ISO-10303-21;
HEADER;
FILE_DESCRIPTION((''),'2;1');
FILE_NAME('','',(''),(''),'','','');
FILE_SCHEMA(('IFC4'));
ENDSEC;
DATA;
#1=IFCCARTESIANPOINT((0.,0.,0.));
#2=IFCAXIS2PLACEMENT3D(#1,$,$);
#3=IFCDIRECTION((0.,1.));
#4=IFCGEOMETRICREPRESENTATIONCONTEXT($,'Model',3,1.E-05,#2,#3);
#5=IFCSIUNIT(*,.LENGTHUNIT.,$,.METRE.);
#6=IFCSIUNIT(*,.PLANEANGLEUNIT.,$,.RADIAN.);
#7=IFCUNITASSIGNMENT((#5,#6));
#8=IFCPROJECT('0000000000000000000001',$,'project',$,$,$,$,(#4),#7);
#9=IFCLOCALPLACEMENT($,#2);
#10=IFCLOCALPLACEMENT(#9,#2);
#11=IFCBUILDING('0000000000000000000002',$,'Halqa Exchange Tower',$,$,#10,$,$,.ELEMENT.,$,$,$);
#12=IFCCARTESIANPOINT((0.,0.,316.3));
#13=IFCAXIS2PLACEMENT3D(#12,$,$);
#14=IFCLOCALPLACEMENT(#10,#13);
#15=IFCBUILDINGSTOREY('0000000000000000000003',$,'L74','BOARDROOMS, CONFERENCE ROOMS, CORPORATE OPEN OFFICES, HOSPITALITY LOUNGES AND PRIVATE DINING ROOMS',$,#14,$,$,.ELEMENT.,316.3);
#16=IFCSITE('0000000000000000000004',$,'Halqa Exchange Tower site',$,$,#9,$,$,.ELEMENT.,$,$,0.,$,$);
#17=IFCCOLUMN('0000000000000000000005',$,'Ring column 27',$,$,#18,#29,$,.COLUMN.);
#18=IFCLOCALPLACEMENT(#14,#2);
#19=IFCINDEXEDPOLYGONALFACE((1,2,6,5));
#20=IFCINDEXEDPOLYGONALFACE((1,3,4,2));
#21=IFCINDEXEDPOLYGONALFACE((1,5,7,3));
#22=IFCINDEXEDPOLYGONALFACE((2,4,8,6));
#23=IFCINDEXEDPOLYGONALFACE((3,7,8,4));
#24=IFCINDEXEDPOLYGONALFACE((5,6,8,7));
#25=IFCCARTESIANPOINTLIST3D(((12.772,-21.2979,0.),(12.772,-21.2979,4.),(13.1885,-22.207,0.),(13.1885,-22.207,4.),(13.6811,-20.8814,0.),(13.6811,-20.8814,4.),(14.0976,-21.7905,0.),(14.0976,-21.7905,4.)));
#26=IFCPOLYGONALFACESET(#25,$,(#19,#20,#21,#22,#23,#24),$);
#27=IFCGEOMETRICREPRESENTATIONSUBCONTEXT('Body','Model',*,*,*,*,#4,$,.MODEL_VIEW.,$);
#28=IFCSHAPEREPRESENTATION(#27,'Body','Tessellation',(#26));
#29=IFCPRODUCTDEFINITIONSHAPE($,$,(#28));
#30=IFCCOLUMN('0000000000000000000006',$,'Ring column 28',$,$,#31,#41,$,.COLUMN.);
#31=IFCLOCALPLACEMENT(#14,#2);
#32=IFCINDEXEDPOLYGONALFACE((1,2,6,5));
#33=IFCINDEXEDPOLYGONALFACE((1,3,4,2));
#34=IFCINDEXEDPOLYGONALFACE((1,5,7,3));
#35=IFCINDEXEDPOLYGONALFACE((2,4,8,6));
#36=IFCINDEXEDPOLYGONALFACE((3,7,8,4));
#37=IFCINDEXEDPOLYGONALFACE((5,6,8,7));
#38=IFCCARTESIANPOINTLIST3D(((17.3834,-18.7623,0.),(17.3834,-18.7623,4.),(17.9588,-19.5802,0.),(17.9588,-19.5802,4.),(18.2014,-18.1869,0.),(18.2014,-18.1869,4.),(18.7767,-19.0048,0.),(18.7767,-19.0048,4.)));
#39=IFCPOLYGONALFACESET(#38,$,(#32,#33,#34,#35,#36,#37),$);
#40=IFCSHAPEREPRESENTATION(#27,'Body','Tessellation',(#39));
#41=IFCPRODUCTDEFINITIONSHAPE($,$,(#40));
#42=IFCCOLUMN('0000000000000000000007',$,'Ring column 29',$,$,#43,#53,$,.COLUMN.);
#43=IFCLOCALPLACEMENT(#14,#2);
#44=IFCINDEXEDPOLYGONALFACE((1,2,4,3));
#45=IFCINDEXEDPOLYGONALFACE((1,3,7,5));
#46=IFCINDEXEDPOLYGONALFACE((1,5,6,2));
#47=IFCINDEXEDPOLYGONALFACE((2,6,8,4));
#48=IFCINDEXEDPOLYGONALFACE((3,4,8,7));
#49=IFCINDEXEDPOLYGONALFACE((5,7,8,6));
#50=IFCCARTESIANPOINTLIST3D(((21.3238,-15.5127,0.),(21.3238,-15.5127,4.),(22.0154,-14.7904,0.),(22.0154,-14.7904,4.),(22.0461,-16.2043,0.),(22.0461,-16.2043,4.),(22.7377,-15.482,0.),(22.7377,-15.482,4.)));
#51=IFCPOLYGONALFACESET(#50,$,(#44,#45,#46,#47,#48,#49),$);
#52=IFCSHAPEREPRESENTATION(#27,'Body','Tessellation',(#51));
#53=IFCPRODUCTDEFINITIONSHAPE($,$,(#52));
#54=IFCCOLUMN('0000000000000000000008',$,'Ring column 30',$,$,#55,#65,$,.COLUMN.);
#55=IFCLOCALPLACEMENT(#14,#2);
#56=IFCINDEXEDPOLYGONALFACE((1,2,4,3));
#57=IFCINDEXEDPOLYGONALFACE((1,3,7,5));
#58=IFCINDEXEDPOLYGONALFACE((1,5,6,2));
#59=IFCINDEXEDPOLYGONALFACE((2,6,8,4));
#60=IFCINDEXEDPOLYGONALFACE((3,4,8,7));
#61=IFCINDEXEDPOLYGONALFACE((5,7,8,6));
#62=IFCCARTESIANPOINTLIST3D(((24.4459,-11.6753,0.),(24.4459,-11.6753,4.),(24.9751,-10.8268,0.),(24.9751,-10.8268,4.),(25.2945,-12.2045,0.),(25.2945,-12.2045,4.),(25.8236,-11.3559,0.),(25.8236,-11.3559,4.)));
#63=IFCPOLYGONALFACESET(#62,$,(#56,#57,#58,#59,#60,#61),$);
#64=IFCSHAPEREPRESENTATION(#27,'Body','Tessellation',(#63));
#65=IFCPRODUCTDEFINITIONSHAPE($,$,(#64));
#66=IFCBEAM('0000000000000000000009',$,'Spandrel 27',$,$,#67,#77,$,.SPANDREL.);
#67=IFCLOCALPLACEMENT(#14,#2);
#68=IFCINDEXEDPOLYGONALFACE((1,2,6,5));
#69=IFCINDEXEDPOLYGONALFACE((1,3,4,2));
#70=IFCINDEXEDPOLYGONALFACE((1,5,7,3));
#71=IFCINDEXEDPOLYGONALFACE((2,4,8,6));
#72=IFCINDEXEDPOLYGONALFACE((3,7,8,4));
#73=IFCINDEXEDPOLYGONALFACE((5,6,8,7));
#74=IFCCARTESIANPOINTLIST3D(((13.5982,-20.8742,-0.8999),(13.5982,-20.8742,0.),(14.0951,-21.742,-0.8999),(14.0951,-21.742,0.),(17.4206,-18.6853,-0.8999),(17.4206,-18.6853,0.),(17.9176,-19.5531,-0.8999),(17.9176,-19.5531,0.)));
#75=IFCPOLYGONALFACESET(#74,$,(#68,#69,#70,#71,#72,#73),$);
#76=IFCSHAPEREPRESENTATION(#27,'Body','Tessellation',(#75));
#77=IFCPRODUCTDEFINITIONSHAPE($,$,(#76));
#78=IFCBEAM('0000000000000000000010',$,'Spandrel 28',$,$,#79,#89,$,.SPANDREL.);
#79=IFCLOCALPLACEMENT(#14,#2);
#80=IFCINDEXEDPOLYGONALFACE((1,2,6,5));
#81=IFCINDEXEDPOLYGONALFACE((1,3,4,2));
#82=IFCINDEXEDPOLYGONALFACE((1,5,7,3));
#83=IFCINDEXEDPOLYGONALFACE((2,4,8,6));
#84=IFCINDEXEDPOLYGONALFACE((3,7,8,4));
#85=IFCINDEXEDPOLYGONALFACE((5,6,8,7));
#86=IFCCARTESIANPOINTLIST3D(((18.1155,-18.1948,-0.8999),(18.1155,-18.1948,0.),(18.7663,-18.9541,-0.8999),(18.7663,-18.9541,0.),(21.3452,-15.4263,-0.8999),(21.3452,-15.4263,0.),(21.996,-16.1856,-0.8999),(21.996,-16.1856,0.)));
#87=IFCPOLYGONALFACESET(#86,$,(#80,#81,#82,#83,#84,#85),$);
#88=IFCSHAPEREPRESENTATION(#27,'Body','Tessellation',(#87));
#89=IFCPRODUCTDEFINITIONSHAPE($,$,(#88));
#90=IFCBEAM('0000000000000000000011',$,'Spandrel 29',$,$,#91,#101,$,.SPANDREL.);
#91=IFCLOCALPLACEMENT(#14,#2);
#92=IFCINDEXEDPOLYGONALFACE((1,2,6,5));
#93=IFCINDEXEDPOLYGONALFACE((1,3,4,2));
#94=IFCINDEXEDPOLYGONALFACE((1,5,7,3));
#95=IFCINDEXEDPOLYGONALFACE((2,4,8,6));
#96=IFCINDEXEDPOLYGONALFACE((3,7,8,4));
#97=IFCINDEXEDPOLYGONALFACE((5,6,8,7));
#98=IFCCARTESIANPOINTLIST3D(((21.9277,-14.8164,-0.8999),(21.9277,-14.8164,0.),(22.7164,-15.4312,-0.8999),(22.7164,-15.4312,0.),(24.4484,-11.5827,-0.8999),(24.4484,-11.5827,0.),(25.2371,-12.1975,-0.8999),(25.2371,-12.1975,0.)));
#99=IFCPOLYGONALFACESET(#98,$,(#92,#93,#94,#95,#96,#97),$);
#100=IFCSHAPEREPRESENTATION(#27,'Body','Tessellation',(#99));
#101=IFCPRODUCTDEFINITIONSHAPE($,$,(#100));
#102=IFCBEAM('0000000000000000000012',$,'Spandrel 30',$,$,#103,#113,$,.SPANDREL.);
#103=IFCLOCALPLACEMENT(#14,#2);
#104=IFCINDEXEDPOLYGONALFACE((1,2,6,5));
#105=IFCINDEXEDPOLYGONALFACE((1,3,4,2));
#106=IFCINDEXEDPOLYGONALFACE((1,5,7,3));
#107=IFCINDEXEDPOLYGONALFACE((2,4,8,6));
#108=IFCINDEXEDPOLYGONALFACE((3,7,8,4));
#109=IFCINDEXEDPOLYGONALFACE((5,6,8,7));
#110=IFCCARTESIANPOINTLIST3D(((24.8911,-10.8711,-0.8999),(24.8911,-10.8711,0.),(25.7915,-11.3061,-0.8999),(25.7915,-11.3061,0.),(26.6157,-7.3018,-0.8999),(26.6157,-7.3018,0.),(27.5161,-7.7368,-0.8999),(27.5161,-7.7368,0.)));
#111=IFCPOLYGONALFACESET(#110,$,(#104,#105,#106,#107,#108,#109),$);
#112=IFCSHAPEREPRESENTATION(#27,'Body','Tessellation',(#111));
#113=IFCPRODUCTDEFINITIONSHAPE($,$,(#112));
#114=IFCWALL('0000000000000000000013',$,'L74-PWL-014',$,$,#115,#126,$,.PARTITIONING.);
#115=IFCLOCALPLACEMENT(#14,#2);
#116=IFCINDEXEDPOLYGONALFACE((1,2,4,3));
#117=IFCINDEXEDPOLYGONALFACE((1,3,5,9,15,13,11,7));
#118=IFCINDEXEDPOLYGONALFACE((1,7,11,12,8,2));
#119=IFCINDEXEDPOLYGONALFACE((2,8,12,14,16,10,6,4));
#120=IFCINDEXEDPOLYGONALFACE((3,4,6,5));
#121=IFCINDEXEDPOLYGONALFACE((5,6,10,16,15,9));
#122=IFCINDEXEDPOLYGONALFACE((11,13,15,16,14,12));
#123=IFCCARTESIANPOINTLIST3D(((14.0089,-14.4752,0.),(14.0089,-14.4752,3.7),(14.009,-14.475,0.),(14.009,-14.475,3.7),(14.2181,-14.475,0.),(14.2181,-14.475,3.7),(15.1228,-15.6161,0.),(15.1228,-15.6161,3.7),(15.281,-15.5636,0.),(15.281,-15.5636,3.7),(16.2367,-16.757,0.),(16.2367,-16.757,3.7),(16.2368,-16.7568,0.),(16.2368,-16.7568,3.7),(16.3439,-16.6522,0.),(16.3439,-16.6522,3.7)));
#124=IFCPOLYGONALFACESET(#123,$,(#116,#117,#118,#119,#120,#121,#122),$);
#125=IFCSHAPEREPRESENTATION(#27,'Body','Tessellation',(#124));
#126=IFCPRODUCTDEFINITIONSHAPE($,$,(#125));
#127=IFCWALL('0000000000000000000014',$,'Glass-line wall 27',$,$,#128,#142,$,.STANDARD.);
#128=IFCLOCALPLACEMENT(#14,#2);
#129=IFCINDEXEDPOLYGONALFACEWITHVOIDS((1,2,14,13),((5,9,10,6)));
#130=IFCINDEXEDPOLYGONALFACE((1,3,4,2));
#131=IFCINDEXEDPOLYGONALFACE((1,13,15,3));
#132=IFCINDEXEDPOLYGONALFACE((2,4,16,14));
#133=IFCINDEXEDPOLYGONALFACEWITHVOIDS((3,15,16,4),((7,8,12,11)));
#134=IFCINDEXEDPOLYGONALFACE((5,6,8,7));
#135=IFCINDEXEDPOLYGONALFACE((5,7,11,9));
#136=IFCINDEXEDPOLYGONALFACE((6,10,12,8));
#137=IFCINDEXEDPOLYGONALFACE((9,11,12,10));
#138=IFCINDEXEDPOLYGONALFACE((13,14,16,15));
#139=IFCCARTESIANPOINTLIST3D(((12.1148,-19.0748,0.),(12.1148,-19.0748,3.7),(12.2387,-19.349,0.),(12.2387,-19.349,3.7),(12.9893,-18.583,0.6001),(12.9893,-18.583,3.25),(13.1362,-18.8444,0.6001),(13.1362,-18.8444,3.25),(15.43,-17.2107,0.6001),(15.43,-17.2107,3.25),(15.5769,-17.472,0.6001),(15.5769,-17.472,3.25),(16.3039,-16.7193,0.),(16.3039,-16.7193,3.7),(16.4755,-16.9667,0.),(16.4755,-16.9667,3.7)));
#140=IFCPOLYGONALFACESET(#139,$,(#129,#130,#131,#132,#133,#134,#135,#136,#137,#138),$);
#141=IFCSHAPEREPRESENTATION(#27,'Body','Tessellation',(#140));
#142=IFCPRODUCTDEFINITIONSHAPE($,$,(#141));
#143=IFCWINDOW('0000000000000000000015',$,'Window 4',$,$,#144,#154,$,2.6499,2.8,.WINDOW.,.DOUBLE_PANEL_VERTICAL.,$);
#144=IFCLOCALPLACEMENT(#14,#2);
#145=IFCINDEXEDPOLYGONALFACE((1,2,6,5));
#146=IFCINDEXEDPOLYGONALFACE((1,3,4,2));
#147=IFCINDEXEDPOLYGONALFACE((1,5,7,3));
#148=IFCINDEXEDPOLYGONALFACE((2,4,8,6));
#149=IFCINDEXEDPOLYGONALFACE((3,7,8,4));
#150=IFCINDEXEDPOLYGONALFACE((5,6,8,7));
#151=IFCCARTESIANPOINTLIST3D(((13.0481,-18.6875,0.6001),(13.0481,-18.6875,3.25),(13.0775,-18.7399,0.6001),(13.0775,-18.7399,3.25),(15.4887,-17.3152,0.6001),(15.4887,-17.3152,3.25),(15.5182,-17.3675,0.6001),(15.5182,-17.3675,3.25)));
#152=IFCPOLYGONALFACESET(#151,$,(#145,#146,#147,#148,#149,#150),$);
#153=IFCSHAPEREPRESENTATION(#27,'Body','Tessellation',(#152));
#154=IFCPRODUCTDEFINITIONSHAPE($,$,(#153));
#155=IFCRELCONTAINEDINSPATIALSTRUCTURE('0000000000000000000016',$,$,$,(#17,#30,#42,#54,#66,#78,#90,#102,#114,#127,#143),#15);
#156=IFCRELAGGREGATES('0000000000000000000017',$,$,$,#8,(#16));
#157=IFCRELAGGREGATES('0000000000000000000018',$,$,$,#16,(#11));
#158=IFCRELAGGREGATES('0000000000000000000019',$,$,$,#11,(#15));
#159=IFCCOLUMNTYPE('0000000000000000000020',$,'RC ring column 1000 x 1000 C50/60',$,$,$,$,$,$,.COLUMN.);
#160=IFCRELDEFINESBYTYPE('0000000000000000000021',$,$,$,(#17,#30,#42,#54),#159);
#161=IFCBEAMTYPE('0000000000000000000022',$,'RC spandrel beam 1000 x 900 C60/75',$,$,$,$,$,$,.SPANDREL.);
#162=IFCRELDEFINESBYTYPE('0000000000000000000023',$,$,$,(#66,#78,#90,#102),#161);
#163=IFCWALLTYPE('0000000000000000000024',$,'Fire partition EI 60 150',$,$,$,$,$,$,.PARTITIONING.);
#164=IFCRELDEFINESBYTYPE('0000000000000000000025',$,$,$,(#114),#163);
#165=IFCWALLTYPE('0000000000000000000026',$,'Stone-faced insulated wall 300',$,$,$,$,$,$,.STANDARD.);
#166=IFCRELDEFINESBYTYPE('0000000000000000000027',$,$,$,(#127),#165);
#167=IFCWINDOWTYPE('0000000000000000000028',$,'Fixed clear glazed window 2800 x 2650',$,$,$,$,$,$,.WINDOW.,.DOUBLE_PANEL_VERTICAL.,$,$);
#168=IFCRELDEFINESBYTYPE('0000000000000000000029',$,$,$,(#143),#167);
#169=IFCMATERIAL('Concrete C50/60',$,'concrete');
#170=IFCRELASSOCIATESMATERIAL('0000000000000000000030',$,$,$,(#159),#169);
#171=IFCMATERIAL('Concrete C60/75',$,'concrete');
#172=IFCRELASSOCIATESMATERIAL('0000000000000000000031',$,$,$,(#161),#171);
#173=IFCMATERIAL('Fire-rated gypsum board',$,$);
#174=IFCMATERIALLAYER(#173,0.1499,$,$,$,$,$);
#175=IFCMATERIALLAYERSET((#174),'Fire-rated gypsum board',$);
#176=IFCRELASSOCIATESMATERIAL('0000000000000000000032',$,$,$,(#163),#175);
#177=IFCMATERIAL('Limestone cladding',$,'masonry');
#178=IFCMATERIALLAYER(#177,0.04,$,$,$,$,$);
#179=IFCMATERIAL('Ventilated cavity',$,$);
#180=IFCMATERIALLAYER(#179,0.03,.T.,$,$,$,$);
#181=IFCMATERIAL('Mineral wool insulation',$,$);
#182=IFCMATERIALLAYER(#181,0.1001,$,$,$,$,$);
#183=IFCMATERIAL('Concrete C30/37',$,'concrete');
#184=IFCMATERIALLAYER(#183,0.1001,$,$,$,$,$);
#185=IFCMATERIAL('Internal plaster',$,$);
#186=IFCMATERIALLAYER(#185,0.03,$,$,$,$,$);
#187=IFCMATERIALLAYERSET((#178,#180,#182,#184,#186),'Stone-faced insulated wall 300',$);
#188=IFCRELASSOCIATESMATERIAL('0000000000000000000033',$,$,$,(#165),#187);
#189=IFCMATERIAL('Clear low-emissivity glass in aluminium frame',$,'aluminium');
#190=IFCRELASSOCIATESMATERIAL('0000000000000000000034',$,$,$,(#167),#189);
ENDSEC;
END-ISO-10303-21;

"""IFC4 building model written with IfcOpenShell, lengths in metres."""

from ifc_helpers import new_model, si_unit, direction, frame, frame_2d, origin, origin_2d, place, context, subcontext, project, spatial, polyline, rectangle, outline, extrude, material, layer, layer_set, material_profile, profile_set, type_object, element, fill, save


model = new_model("IFC4")

# Units and contexts
model_context = context("Model", 3, precision=1e-05, world=origin(), true_north=direction((0.0, 1.0)))
body_context = subcontext(model_context, "Body", "Model", "MODEL_VIEW")
ifc_project = project(units=[si_unit("LENGTHUNIT", "METRE"), si_unit("PLANEANGLEUNIT", "RADIAN")], contexts=[model_context])

# Site, building, storey
site_placement = place(None, origin())
site = spatial("IfcSite", under=ifc_project, at=site_placement, Name="Halqa Exchange Tower site", CompositionType="ELEMENT", RefElevation=0.0)
building_placement = place(site_placement, origin())
building = spatial("IfcBuilding", under=site, at=building_placement, Name="Halqa Exchange Tower", CompositionType="ELEMENT")
storey_placement = place(building_placement, frame((0.0, 0.0, 316.3)))
storey = spatial("IfcBuildingStorey", under=building, at=storey_placement, Name="L74", Description="BOARDROOMS, CONFERENCE ROOMS, CORPORATE OPEN OFFICES, HOSPITALITY LOUNGES AND PRIVATE DINING ROOMS", CompositionType="ELEMENT", Elevation=316.3)

# Columns
ifc_material_1 = material(Name="Concrete C50/60", Category="concrete")
ifc_material_profile_1 = material_profile(ifc_material_1, rectangle(XDim=1.0, YDim=1.0, at=origin_2d()), Name="1000 x 1000")
ifc_profile_set_1 = profile_set([ifc_material_profile_1], Name="Concrete C50/60")
column_type = type_object("IfcColumnType", Name="RC ring column 1000 x 1000 C50/60", PredefinedType="COLUMN", material=ifc_profile_set_1)
for number, where, z_axis, x_axis, name in (
    (1, (13.4348, -21.5442, 0.0), (0.0, 0.0, 1.0), (0.909129, 0.416516, 0.0), "Ring column 27"),
    (2, (18.0801, -18.8835, 0.0), (0.0, 0.0, 1.0), (0.817907, 0.575351, 0.0), "Ring column 28"),
    (3, (22.0308, -15.4973, 0.0), (0.0, 0.0, 1.0), (0.691579, 0.722301, 0.0), "Ring column 29"),
    (4, (25.1348, -11.5156, 0.0), (0.0, 0.0, 1.0), (0.52914, 0.848534, 0.0), "Ring column 30"),
):
    element("IfcColumn", number, at=place(storey_placement, frame(where, z_axis=z_axis, x_axis=x_axis)), inside=storey, type_object=column_type, Name=name, PredefinedType="COLUMN", context=body_context, shape_type="SweptSolid", body=[
        extrude(rectangle(XDim=1.0, YDim=1.0, at=origin_2d()), origin(), (0.0, 0.0, 1.0), 4.0),
    ])

# Beams
ifc_material_2 = material(Name="Concrete C60/75", Category="concrete")
ifc_material_profile_2 = material_profile(ifc_material_2, rectangle(XDim=1.0, YDim=0.8999, at=origin_2d()), Name="1000 x 900")
ifc_profile_set_2 = profile_set([ifc_material_profile_2], Name="Concrete C60/75")
beam_type = type_object("IfcBeamType", Name="RC spandrel beam 1000 x 900 C60/75", PredefinedType="SPANDREL", material=ifc_profile_set_2)
beam_1_placement = place(storey_placement, frame((13.8467, -21.3081, -0.45), z_axis=(0.867786, 0.496939, 0.0), x_axis=(-0.496939, 0.867786, 0.0)))
element("IfcBeam", 5, at=beam_1_placement, inside=storey, type_object=beam_type, Name="Spandrel 27", PredefinedType="SPANDREL", context=body_context, shape_type="SweptSolid", body=[
    extrude(rectangle(XDim=1.0, YDim=0.8999, at=origin_2d()), origin(), (0.0, 0.0, 1.0), 4.4048),
])
beam_2_placement = place(storey_placement, frame((18.4409, -18.5745, -0.45), z_axis=(0.759232, 0.65082, 0.0), x_axis=(-0.65082, 0.759232, 0.0)))
element("IfcBeam", 6, at=beam_2_placement, inside=storey, type_object=beam_type, Name="Spandrel 28", PredefinedType="SPANDREL", context=body_context, shape_type="SweptSolid", body=[
    extrude(rectangle(XDim=1.0, YDim=0.8999, at=origin_2d()), origin(), (0.0, 0.0, 1.0), 4.2539),
])
beam_3_placement = place(storey_placement, frame((22.322, -15.1238, -0.45), z_axis=(0.614806, 0.788678, 0.0), x_axis=(-0.788678, 0.614806, 0.0)))
element("IfcBeam", 7, at=beam_3_placement, inside=storey, type_object=beam_type, Name="Spandrel 29", PredefinedType="SPANDREL", context=body_context, shape_type="SweptSolid", body=[
    extrude(rectangle(XDim=1.0, YDim=0.8999, at=origin_2d()), origin(), (0.0, 0.0, 1.0), 4.1001),
])
beam_4_placement = place(storey_placement, frame((25.3413, -11.0886, -0.45), z_axis=(0.435052, 0.900405, 0.0), x_axis=(-0.900405, 0.435052, 0.0)))
element("IfcBeam", 8, at=beam_4_placement, inside=storey, type_object=beam_type, Name="Spandrel 30", PredefinedType="SPANDREL", context=body_context, shape_type="SweptSolid", body=[
    extrude(rectangle(XDim=1.0, YDim=0.8999, at=origin_2d()), origin(), (0.0, 0.0, 1.0), 3.9641),
])

# Wall
ifc_material_3 = material(Name="Fire-rated gypsum board")
ifc_layer_1 = layer(ifc_material_3, 0.1499)
ifc_layer_set_1 = layer_set([ifc_layer_1], Name="Fire-rated gypsum board")
wall_type_1 = type_object("IfcWallType", Name="Fire partition EI 60 150", PredefinedType="PARTITIONING", material=ifc_layer_set_1)
wall_1_placement = place(storey_placement, frame((14.0625, -14.4229, 0.0), z_axis=(0.0, 0.0, 1.0), x_axis=(0.698596, -0.715516, 0.0)))
element("IfcWall", 9, at=wall_1_placement, inside=storey, type_object=wall_type_1, Name="L74-PWL-014", PredefinedType="PARTITIONING", context=body_context, shape_type="SweptSolid", body=[
    extrude(outline(polyline([(0.0, -0.075), (1.5945, -0.075), (3.189, -0.075), (3.189, -0.0747), (3.189, 0.075), (1.6675, 0.075), (0.146, 0.075), (0.0, -0.0747), (0.0, -0.075)])), origin(), (0.0, 0.0, 1.0), 3.7),
])

# Wall, opening, window
ifc_material_4 = material(Name="Limestone cladding", Category="masonry")
ifc_layer_2 = layer(ifc_material_4, 0.04)
ifc_material_5 = material(Name="Ventilated cavity")
ifc_layer_3 = layer(ifc_material_5, 0.03, ventilated=True)
ifc_material_6 = material(Name="Mineral wool insulation")
ifc_layer_4 = layer(ifc_material_6, 0.1001)
ifc_material_7 = material(Name="Concrete C30/37", Category="concrete")
ifc_layer_5 = layer(ifc_material_7, 0.1001)
ifc_material_8 = material(Name="Internal plaster")
ifc_layer_6 = layer(ifc_material_8, 0.03)
ifc_layer_set_2 = layer_set([ifc_layer_2, ifc_layer_3, ifc_layer_4, ifc_layer_5, ifc_layer_6], Name="Stone-faced insulated wall 300")
wall_type_2 = type_object("IfcWallType", Name="Stone-faced insulated wall 300", PredefinedType="STANDARD", material=ifc_layer_set_2)
wall_2_placement = place(storey_placement, frame((12.1768, -19.2119, 0.0), z_axis=(0.0, 0.0, 1.0), x_axis=(0.871651, 0.490127, 0.0)))
wall_2 = element("IfcWall", 10, at=wall_2_placement, inside=storey, type_object=wall_type_2, Name="Glass-line wall 27", PredefinedType="STANDARD", context=body_context, shape_type="SweptSolid", body=[
    extrude(outline(polyline([(-0.0132, -0.1499), (4.8474, -0.1499), (4.8191, 0.1499), (0.0132, 0.1499), (-0.0132, -0.1499)])), origin(), (0.0, 0.0, 1.0), 3.7),
])
opening_1_placement = place(wall_2_placement, frame((1.0166, 0.0, 0.6001)))
opening_1 = element("IfcOpeningElement", 11, at=opening_1_placement, cuts=wall_2, PredefinedType="OPENING", context=body_context, shape_type="SweptSolid", body=[
    extrude(rectangle(XDim=2.8, YDim=2.6499, at=frame_2d((1.3999, 1.325))), frame((0.0, 0.1621, 0.0), z_axis=(0.0, -1.0, 0.0), x_axis=(1.0, 0.0, 0.0)), (0.0, 0.0, 1.0), 0.324),
])
ifc_material_9 = material(Name="Clear low-emissivity glass in aluminium frame", Category="aluminium")
window_type = type_object("IfcWindowType", Name="Fixed clear glazed window 2800 x 2650", PartitioningType="DOUBLE_PANEL_VERTICAL", PredefinedType="WINDOW", material=ifc_material_9)
window_1_placement = place(opening_1_placement, origin())
window_1 = element("IfcWindow", 12, at=window_1_placement, inside=storey, type_object=window_type, Name="Window 4", OverallHeight=2.6499, OverallWidth=2.8, PartitioningType="DOUBLE_PANEL_VERTICAL", PredefinedType="WINDOW", context=body_context, shape_type="SweptSolid", body=[
    extrude(rectangle(XDim=2.8, YDim=2.6499, at=frame_2d((1.3999, 1.325))), frame((0.0, 0.03, 0.0), z_axis=(0.0, -1.0, 0.0), x_axis=(1.0, 0.0, 0.0)), (0.0, 0.0, 1.0), 0.0601),
])
fill(opening_1, window_1)

save(model, "model.ifc")
